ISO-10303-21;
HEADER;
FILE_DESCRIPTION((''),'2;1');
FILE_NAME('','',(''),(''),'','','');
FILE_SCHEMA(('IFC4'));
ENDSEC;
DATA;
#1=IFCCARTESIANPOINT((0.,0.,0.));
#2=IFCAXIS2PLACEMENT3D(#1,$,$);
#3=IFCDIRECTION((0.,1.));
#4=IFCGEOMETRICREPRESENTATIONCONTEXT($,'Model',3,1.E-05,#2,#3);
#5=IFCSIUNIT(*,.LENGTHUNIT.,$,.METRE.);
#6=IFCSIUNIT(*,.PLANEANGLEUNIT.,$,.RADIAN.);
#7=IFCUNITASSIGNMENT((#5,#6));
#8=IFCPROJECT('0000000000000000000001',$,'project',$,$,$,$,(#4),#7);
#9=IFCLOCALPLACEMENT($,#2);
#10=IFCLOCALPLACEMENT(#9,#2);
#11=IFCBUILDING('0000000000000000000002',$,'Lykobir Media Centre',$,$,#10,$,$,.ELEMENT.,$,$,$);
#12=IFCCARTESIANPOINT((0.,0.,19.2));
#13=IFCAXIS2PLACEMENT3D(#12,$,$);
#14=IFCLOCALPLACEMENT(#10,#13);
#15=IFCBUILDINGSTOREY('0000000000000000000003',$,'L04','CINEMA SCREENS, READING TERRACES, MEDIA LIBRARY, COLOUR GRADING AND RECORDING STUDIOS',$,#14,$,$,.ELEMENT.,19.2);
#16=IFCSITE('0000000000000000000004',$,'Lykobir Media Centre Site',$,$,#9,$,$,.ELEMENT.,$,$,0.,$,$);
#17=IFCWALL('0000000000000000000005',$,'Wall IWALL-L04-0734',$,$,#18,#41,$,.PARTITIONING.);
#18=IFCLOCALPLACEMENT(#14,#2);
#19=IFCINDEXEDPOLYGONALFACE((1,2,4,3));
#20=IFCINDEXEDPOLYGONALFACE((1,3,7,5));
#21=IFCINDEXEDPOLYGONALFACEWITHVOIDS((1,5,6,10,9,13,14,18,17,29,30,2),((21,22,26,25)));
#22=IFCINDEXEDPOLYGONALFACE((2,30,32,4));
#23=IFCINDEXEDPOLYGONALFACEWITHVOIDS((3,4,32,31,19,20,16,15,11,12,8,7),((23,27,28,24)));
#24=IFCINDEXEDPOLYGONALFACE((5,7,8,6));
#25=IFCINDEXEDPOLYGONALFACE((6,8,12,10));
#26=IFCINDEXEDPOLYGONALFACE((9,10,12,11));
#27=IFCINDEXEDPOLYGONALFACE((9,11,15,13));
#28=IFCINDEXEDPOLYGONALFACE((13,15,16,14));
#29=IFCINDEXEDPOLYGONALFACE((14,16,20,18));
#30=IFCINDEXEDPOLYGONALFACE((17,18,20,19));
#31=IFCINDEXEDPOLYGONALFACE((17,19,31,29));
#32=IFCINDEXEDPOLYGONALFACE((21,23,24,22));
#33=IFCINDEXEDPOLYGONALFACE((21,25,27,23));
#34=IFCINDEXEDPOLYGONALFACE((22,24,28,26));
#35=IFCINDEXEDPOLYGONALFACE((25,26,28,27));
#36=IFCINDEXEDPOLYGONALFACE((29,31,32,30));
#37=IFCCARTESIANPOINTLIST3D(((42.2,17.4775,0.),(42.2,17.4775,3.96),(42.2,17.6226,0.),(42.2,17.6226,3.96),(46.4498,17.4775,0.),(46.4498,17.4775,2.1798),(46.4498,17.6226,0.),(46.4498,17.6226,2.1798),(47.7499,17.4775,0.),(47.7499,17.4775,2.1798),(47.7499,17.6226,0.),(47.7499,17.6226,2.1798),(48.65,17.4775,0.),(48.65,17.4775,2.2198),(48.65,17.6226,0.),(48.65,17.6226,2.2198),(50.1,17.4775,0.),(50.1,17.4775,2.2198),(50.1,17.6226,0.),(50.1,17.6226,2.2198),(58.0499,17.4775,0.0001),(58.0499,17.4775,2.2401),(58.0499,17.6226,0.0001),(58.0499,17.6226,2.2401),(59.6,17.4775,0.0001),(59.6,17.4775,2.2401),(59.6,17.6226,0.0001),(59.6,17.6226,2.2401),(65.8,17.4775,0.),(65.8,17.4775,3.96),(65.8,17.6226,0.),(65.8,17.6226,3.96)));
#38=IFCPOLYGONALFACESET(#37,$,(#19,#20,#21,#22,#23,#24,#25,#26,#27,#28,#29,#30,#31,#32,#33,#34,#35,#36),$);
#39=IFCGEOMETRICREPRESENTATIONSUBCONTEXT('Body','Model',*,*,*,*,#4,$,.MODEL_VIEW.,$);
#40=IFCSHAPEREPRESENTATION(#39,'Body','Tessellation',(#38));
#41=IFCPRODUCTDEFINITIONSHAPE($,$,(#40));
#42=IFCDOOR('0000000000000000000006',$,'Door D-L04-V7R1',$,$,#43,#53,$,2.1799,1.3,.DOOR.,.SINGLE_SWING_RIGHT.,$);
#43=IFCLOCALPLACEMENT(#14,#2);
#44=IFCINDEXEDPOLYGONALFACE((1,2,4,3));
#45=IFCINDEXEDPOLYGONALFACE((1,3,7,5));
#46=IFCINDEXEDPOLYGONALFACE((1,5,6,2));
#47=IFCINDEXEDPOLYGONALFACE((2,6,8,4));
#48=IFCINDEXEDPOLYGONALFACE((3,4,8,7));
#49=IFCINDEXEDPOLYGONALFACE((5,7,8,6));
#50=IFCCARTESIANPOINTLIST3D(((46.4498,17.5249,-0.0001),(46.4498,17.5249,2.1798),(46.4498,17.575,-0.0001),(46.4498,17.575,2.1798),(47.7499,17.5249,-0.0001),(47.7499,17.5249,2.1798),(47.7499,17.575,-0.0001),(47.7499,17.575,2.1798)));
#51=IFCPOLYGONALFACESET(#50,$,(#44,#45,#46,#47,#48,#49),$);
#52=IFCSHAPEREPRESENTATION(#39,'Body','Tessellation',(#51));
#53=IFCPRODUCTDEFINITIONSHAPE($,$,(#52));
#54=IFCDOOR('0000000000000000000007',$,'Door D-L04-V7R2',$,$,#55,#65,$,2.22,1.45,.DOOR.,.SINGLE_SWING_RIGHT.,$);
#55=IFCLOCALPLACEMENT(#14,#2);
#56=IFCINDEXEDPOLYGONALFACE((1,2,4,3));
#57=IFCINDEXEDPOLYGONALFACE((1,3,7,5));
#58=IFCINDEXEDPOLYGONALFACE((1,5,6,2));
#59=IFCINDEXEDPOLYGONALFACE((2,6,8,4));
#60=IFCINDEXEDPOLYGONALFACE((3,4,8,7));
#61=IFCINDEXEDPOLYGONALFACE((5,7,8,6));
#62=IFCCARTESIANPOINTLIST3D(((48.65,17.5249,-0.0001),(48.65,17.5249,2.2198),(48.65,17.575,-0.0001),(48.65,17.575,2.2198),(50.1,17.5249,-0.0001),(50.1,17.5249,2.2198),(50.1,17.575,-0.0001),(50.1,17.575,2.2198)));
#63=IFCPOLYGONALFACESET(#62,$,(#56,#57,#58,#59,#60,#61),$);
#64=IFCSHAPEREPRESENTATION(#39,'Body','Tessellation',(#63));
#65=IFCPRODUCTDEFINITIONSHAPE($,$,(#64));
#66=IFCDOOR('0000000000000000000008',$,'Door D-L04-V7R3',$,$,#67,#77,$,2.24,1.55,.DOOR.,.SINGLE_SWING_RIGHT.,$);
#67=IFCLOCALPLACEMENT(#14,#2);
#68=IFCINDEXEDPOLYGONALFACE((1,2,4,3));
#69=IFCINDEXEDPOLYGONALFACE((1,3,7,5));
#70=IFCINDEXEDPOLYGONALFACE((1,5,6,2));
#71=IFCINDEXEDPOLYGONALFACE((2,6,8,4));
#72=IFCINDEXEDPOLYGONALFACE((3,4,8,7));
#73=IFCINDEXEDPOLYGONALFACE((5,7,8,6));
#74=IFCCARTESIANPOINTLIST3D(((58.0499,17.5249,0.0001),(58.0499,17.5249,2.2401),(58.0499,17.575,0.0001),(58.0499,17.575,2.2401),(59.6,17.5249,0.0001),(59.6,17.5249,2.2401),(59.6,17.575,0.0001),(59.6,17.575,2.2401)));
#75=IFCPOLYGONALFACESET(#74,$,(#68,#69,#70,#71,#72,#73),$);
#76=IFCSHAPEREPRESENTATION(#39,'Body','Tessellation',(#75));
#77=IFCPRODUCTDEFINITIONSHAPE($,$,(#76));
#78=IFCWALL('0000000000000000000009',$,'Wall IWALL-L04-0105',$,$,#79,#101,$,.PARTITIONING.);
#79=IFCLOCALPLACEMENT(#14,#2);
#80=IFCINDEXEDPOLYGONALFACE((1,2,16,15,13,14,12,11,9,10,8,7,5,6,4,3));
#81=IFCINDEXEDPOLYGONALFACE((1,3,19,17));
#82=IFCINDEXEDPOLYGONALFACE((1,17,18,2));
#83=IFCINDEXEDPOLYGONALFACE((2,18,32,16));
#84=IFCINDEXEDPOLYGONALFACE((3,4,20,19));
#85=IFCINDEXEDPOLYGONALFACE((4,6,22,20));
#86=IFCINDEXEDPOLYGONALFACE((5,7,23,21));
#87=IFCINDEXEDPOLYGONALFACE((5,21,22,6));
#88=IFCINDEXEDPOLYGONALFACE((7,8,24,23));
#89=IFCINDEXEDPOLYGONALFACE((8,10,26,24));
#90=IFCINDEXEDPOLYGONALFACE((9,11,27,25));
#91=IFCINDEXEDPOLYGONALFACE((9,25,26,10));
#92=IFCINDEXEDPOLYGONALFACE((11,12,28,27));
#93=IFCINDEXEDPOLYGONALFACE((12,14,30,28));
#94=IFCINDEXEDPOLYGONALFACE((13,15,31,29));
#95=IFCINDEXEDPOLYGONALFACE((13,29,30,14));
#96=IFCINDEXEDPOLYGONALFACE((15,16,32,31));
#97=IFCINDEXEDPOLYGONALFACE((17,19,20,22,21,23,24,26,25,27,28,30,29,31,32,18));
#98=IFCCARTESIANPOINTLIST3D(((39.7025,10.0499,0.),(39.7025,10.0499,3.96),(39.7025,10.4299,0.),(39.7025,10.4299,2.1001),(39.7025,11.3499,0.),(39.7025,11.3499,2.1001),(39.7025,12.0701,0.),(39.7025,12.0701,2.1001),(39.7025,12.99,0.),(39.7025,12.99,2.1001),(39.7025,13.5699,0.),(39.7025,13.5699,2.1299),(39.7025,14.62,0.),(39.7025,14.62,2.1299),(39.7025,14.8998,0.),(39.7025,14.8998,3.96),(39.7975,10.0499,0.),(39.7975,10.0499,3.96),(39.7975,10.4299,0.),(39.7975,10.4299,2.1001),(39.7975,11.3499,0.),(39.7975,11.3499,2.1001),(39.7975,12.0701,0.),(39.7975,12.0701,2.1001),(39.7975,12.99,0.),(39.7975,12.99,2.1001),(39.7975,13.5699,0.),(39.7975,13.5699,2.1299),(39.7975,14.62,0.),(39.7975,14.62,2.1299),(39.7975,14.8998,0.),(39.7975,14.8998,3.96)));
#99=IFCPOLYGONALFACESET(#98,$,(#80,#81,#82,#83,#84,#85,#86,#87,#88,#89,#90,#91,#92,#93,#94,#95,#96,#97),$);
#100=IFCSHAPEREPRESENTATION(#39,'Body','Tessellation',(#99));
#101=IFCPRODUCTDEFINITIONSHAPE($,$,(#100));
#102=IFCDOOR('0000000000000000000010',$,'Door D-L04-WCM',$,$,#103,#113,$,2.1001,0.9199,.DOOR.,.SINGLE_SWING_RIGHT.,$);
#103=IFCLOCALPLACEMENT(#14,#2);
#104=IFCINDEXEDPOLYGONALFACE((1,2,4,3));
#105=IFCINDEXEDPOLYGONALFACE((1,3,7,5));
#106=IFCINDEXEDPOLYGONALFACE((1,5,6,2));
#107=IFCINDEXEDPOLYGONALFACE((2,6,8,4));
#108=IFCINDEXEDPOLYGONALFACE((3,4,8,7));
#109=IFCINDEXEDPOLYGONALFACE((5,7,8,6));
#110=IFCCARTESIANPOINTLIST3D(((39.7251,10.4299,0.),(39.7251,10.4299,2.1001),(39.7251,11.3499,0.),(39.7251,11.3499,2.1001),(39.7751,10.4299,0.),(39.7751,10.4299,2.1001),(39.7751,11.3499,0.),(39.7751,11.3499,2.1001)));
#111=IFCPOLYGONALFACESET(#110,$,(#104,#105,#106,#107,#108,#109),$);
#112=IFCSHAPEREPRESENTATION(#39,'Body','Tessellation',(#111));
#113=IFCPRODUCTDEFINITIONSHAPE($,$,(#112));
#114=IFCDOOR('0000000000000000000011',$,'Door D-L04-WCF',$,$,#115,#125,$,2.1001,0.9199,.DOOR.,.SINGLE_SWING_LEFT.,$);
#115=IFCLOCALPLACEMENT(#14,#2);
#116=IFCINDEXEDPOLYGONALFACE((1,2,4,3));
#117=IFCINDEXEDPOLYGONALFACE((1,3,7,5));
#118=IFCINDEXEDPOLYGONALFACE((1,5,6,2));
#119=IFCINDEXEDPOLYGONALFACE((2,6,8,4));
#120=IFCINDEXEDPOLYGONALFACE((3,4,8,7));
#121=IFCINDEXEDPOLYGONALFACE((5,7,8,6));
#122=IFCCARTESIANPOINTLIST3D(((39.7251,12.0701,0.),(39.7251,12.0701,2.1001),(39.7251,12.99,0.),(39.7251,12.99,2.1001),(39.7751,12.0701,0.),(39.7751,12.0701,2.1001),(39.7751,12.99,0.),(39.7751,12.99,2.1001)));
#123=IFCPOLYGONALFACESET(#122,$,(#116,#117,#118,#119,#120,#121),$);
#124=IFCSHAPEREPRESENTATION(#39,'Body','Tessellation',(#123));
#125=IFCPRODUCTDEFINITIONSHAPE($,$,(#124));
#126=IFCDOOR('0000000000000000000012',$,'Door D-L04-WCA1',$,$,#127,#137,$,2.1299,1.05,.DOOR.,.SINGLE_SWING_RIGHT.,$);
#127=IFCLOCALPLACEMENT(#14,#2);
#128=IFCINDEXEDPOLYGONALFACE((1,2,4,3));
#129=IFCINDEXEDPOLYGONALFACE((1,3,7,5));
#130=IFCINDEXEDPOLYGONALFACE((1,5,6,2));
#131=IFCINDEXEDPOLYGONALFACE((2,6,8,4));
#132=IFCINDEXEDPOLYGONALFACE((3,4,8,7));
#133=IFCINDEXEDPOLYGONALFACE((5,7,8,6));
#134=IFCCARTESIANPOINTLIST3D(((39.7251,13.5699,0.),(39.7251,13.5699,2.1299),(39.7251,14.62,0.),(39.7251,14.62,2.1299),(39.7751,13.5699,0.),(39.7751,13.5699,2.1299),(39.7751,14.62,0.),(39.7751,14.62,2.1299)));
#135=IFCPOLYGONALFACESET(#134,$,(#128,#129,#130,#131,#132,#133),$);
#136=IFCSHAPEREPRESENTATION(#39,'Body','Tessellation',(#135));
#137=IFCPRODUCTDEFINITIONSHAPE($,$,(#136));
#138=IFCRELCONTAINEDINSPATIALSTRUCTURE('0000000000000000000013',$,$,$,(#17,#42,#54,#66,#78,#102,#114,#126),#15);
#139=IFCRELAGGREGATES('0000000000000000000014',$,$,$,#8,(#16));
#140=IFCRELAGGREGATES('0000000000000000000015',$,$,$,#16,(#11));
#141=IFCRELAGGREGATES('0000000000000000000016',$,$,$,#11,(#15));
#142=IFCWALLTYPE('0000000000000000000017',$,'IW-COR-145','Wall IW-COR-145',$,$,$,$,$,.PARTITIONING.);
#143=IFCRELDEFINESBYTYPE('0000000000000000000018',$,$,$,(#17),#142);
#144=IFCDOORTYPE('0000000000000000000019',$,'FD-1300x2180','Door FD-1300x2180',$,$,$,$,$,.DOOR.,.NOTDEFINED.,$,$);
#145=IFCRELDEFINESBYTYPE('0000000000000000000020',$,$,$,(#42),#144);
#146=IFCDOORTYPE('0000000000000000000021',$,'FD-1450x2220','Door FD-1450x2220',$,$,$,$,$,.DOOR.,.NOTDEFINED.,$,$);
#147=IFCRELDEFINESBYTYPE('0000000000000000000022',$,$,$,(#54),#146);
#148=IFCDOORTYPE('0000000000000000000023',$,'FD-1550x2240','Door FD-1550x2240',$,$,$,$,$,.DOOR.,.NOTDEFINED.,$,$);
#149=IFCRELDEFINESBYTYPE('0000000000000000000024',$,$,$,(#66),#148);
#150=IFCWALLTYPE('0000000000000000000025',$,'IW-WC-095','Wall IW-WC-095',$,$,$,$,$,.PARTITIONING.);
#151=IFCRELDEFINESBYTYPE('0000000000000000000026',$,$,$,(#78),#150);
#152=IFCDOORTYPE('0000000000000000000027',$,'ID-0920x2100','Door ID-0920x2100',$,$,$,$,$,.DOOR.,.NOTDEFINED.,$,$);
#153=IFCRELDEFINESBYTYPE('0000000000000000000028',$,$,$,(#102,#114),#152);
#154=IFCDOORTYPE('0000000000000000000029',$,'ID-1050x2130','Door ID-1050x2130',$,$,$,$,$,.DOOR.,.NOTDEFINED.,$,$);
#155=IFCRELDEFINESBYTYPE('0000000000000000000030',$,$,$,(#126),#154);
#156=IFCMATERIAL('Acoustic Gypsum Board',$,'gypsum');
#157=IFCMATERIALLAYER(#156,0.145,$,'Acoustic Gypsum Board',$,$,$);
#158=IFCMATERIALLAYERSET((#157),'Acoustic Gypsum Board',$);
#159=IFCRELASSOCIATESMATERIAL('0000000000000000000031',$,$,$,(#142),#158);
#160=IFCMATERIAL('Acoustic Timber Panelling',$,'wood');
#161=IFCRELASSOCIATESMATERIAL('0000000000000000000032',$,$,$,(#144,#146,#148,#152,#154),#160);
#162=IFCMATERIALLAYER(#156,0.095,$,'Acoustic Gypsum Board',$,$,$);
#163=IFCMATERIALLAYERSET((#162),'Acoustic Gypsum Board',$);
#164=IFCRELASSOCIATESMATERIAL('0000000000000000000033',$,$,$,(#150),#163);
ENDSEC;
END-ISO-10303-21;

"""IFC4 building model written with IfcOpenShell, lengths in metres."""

from ifc_helpers import new_model, si_unit, direction, frame, frame_2d, origin, place, context, subcontext, project, spatial, rectangle, extrude, material, layer, layer_set, type_object, element, fill, save


model = new_model("IFC4")

# Units and contexts
model_context = context("Model", 3, precision=1e-05, world=origin(), true_north=direction((0.0, 1.0)))
body_context = subcontext(model_context, "Body", "Model", "MODEL_VIEW")
ifc_project = project(units=[si_unit("LENGTHUNIT", "METRE"), si_unit("PLANEANGLEUNIT", "RADIAN")], contexts=[model_context])

# Site, building, storey
site_placement = place(None, origin())
site = spatial("IfcSite", under=ifc_project, at=site_placement, Name="Lykobir Media Centre Site", CompositionType="ELEMENT", RefElevation=0.0)
building_placement = place(site_placement, origin())
building = spatial("IfcBuilding", under=site, at=building_placement, Name="Lykobir Media Centre", CompositionType="ELEMENT")
storey_placement = place(building_placement, frame((0.0, 0.0, 19.2)))
storey = spatial("IfcBuildingStorey", under=building, at=storey_placement, Name="L04", Description="CINEMA SCREENS, READING TERRACES, MEDIA LIBRARY, COLOUR GRADING AND RECORDING STUDIOS", CompositionType="ELEMENT", Elevation=19.2)

# Walls, openings, doors
ifc_material_1 = material(Name="Acoustic Gypsum Board", Category="gypsum")
ifc_layer_1 = layer(ifc_material_1, 0.145, Name="Acoustic Gypsum Board")
ifc_layer_set_1 = layer_set([ifc_layer_1], Name="Acoustic Gypsum Board")
wall_type_1 = type_object("IfcWallType", Name="IW-COR-145", Description="Wall IW-COR-145", PredefinedType="PARTITIONING", material=ifc_layer_set_1)
wall_1_placement = place(storey_placement, frame((42.2, 17.55, 0.0), z_axis=(0.0, 0.0, 1.0), x_axis=(1.0, 0.0, 0.0)))
wall_1 = element("IfcWall", 1, at=wall_1_placement, inside=storey, type_object=wall_type_1, Name="Wall IWALL-L04-0734", PredefinedType="PARTITIONING", context=body_context, shape_type="SweptSolid", body=[
    extrude(rectangle(XDim=23.6001, YDim=0.145, at=frame_2d((11.8, 0.0))), origin(), (0.0, 0.0, 1.0), 3.96),
])
opening_1_placement = place(wall_1_placement, frame((4.25, 0.0, 0.0)))
opening_1 = element("IfcOpeningElement", 2, at=opening_1_placement, cuts=wall_1, PredefinedType="OPENING", context=body_context, shape_type="SweptSolid", body=[
    extrude(rectangle(XDim=1.3, YDim=2.1799, at=frame_2d((0.6499, 1.0898))), frame((0.0, 0.0825, 0.0), z_axis=(0.0, -1.0, 0.0), x_axis=(1.0, 0.0, 0.0)), (0.0, 0.0, 1.0), 0.165),
])
opening_2_placement = place(wall_1_placement, frame((6.45, 0.0, 0.0)))
opening_2 = element("IfcOpeningElement", 3, at=opening_2_placement, cuts=wall_1, PredefinedType="OPENING", context=body_context, shape_type="SweptSolid", body=[
    extrude(rectangle(XDim=1.45, YDim=2.22, at=frame_2d((0.7251, 1.1099))), frame((0.0, 0.0825, 0.0), z_axis=(0.0, -1.0, 0.0), x_axis=(1.0, 0.0, 0.0)), (0.0, 0.0, 1.0), 0.165),
])
opening_3_placement = place(wall_1_placement, frame((15.8501, 0.0, 0.0)))
opening_3 = element("IfcOpeningElement", 4, at=opening_3_placement, cuts=wall_1, PredefinedType="OPENING", context=body_context, shape_type="SweptSolid", body=[
    extrude(rectangle(XDim=1.55, YDim=2.24, at=frame_2d((0.7749, 1.1201))), frame((0.0, 0.0825, 0.0), z_axis=(0.0, -1.0, 0.0), x_axis=(1.0, 0.0, 0.0)), (0.0, 0.0, 1.0), 0.165),
])
ifc_material_2 = material(Name="Acoustic Timber Panelling", Category="wood")
door_type_1 = type_object("IfcDoorType", Name="FD-1300x2180", Description="Door FD-1300x2180", OperationType="NOTDEFINED", PredefinedType="DOOR", material=ifc_material_2)
door_1_placement = place(opening_1_placement, origin())
door_1 = element("IfcDoor", 5, at=door_1_placement, inside=storey, type_object=door_type_1, Name="Door D-L04-V7R1", OperationType="SINGLE_SWING_RIGHT", OverallHeight=2.1799, OverallWidth=1.3, PredefinedType="DOOR", context=body_context, shape_type="SweptSolid", body=[
    extrude(rectangle(XDim=1.3, YDim=2.1799, at=frame_2d((0.6499, 1.0898))), frame((0.0, 0.0249, 0.0), z_axis=(0.0, -1.0, 0.0), x_axis=(1.0, 0.0, 0.0)), (0.0, 0.0, 1.0), 0.05),
])
fill(opening_1, door_1)
door_type_2 = type_object("IfcDoorType", Name="FD-1450x2220", Description="Door FD-1450x2220", OperationType="NOTDEFINED", PredefinedType="DOOR", material=ifc_material_2)
door_2_placement = place(opening_2_placement, origin())
door_2 = element("IfcDoor", 6, at=door_2_placement, inside=storey, type_object=door_type_2, Name="Door D-L04-V7R2", OperationType="SINGLE_SWING_RIGHT", OverallHeight=2.22, OverallWidth=1.45, PredefinedType="DOOR", context=body_context, shape_type="SweptSolid", body=[
    extrude(rectangle(XDim=1.45, YDim=2.22, at=frame_2d((0.7251, 1.1099))), frame((0.0, 0.0249, 0.0), z_axis=(0.0, -1.0, 0.0), x_axis=(1.0, 0.0, 0.0)), (0.0, 0.0, 1.0), 0.05),
])
fill(opening_2, door_2)
door_type_3 = type_object("IfcDoorType", Name="FD-1550x2240", Description="Door FD-1550x2240", OperationType="NOTDEFINED", PredefinedType="DOOR", material=ifc_material_2)
door_3_placement = place(opening_3_placement, origin())
door_3 = element("IfcDoor", 7, at=door_3_placement, inside=storey, type_object=door_type_3, Name="Door D-L04-V7R3", OperationType="SINGLE_SWING_RIGHT", OverallHeight=2.24, OverallWidth=1.55, PredefinedType="DOOR", context=body_context, shape_type="SweptSolid", body=[
    extrude(rectangle(XDim=1.55, YDim=2.24, at=frame_2d((0.7749, 1.1201))), frame((0.0, 0.0249, 0.0), z_axis=(0.0, -1.0, 0.0), x_axis=(1.0, 0.0, 0.0)), (0.0, 0.0, 1.0), 0.05),
])
fill(opening_3, door_3)
ifc_layer_2 = layer(ifc_material_1, 0.095, Name="Acoustic Gypsum Board")
ifc_layer_set_2 = layer_set([ifc_layer_2], Name="Acoustic Gypsum Board")
wall_type_2 = type_object("IfcWallType", Name="IW-WC-095", Description="Wall IW-WC-095", PredefinedType="PARTITIONING", material=ifc_layer_set_2)
wall_2_placement = place(storey_placement, frame((39.75, 10.05, 0.0), z_axis=(0.0, 0.0, 1.0), x_axis=(0.0, 1.0, 0.0)))
wall_2 = element("IfcWall", 8, at=wall_2_placement, inside=storey, type_object=wall_type_2, Name="Wall IWALL-L04-0105", PredefinedType="PARTITIONING", context=body_context, shape_type="SweptSolid", body=[
    extrude(rectangle(XDim=4.8499, YDim=0.095, at=frame_2d((2.4248, 0.0))), origin(), (0.0, 0.0, 1.0), 3.96),
])
opening_4_placement = place(wall_2_placement, frame((0.3799, 0.0, 0.0)))
opening_4 = element("IfcOpeningElement", 9, at=opening_4_placement, cuts=wall_2, PredefinedType="OPENING", context=body_context, shape_type="SweptSolid", body=[
    extrude(rectangle(XDim=0.9199, YDim=2.1001, at=frame_2d((0.46, 1.05))), frame((0.0, 0.0574, 0.0), z_axis=(0.0, -1.0, 0.0), x_axis=(1.0, 0.0, 0.0)), (0.0, 0.0, 1.0), 0.115),
])
opening_5_placement = place(wall_2_placement, frame((2.02, 0.0, 0.0)))
opening_5 = element("IfcOpeningElement", 10, at=opening_5_placement, cuts=wall_2, PredefinedType="OPENING", context=body_context, shape_type="SweptSolid", body=[
    extrude(rectangle(XDim=0.9199, YDim=2.1001, at=frame_2d((0.46, 1.05))), frame((0.0, 0.0574, 0.0), z_axis=(0.0, -1.0, 0.0), x_axis=(1.0, 0.0, 0.0)), (0.0, 0.0, 1.0), 0.115),
])
opening_6_placement = place(wall_2_placement, frame((3.52, 0.0, 0.0)))
opening_6 = element("IfcOpeningElement", 11, at=opening_6_placement, cuts=wall_2, PredefinedType="OPENING", context=body_context, shape_type="SweptSolid", body=[
    extrude(rectangle(XDim=1.05, YDim=2.1299, at=frame_2d((0.5249, 1.0649))), frame((0.0, 0.0574, 0.0), z_axis=(0.0, -1.0, 0.0), x_axis=(1.0, 0.0, 0.0)), (0.0, 0.0, 1.0), 0.115),
])
door_type_4 = type_object("IfcDoorType", Name="ID-0920x2100", Description="Door ID-0920x2100", OperationType="NOTDEFINED", PredefinedType="DOOR", material=ifc_material_2)
door_4_placement = place(opening_4_placement, origin())
door_4 = element("IfcDoor", 12, at=door_4_placement, inside=storey, type_object=door_type_4, Name="Door D-L04-WCM", OperationType="SINGLE_SWING_RIGHT", OverallHeight=2.1001, OverallWidth=0.9199, PredefinedType="DOOR", context=body_context, shape_type="SweptSolid", body=[
    extrude(rectangle(XDim=0.9199, YDim=2.1001, at=frame_2d((0.46, 1.05))), frame((0.0, 0.0249, 0.0), z_axis=(0.0, -1.0, 0.0), x_axis=(1.0, 0.0, 0.0)), (0.0, 0.0, 1.0), 0.05),
])
fill(opening_4, door_4)
door_5_placement = place(opening_5_placement, origin())
door_5 = element("IfcDoor", 13, at=door_5_placement, inside=storey, type_object=door_type_4, Name="Door D-L04-WCF", OperationType="SINGLE_SWING_LEFT", OverallHeight=2.1001, OverallWidth=0.9199, PredefinedType="DOOR", context=body_context, shape_type="SweptSolid", body=[
    extrude(rectangle(XDim=0.9199, YDim=2.1001, at=frame_2d((0.46, 1.05))), frame((0.0, 0.0249, 0.0), z_axis=(0.0, -1.0, 0.0), x_axis=(1.0, 0.0, 0.0)), (0.0, 0.0, 1.0), 0.05),
])
fill(opening_5, door_5)
door_type_5 = type_object("IfcDoorType", Name="ID-1050x2130", Description="Door ID-1050x2130", OperationType="NOTDEFINED", PredefinedType="DOOR", material=ifc_material_2)
door_6_placement = place(opening_6_placement, origin())
door_6 = element("IfcDoor", 14, at=door_6_placement, inside=storey, type_object=door_type_5, Name="Door D-L04-WCA1", OperationType="SINGLE_SWING_RIGHT", OverallHeight=2.1299, OverallWidth=1.05, PredefinedType="DOOR", context=body_context, shape_type="SweptSolid", body=[
    extrude(rectangle(XDim=1.05, YDim=2.1299, at=frame_2d((0.5249, 1.0649))), frame((0.0, 0.0249, 0.0), z_axis=(0.0, -1.0, 0.0), x_axis=(1.0, 0.0, 0.0)), (0.0, 0.0, 1.0), 0.05),
])
fill(opening_6, door_6)

save(model, "model.ifc")
